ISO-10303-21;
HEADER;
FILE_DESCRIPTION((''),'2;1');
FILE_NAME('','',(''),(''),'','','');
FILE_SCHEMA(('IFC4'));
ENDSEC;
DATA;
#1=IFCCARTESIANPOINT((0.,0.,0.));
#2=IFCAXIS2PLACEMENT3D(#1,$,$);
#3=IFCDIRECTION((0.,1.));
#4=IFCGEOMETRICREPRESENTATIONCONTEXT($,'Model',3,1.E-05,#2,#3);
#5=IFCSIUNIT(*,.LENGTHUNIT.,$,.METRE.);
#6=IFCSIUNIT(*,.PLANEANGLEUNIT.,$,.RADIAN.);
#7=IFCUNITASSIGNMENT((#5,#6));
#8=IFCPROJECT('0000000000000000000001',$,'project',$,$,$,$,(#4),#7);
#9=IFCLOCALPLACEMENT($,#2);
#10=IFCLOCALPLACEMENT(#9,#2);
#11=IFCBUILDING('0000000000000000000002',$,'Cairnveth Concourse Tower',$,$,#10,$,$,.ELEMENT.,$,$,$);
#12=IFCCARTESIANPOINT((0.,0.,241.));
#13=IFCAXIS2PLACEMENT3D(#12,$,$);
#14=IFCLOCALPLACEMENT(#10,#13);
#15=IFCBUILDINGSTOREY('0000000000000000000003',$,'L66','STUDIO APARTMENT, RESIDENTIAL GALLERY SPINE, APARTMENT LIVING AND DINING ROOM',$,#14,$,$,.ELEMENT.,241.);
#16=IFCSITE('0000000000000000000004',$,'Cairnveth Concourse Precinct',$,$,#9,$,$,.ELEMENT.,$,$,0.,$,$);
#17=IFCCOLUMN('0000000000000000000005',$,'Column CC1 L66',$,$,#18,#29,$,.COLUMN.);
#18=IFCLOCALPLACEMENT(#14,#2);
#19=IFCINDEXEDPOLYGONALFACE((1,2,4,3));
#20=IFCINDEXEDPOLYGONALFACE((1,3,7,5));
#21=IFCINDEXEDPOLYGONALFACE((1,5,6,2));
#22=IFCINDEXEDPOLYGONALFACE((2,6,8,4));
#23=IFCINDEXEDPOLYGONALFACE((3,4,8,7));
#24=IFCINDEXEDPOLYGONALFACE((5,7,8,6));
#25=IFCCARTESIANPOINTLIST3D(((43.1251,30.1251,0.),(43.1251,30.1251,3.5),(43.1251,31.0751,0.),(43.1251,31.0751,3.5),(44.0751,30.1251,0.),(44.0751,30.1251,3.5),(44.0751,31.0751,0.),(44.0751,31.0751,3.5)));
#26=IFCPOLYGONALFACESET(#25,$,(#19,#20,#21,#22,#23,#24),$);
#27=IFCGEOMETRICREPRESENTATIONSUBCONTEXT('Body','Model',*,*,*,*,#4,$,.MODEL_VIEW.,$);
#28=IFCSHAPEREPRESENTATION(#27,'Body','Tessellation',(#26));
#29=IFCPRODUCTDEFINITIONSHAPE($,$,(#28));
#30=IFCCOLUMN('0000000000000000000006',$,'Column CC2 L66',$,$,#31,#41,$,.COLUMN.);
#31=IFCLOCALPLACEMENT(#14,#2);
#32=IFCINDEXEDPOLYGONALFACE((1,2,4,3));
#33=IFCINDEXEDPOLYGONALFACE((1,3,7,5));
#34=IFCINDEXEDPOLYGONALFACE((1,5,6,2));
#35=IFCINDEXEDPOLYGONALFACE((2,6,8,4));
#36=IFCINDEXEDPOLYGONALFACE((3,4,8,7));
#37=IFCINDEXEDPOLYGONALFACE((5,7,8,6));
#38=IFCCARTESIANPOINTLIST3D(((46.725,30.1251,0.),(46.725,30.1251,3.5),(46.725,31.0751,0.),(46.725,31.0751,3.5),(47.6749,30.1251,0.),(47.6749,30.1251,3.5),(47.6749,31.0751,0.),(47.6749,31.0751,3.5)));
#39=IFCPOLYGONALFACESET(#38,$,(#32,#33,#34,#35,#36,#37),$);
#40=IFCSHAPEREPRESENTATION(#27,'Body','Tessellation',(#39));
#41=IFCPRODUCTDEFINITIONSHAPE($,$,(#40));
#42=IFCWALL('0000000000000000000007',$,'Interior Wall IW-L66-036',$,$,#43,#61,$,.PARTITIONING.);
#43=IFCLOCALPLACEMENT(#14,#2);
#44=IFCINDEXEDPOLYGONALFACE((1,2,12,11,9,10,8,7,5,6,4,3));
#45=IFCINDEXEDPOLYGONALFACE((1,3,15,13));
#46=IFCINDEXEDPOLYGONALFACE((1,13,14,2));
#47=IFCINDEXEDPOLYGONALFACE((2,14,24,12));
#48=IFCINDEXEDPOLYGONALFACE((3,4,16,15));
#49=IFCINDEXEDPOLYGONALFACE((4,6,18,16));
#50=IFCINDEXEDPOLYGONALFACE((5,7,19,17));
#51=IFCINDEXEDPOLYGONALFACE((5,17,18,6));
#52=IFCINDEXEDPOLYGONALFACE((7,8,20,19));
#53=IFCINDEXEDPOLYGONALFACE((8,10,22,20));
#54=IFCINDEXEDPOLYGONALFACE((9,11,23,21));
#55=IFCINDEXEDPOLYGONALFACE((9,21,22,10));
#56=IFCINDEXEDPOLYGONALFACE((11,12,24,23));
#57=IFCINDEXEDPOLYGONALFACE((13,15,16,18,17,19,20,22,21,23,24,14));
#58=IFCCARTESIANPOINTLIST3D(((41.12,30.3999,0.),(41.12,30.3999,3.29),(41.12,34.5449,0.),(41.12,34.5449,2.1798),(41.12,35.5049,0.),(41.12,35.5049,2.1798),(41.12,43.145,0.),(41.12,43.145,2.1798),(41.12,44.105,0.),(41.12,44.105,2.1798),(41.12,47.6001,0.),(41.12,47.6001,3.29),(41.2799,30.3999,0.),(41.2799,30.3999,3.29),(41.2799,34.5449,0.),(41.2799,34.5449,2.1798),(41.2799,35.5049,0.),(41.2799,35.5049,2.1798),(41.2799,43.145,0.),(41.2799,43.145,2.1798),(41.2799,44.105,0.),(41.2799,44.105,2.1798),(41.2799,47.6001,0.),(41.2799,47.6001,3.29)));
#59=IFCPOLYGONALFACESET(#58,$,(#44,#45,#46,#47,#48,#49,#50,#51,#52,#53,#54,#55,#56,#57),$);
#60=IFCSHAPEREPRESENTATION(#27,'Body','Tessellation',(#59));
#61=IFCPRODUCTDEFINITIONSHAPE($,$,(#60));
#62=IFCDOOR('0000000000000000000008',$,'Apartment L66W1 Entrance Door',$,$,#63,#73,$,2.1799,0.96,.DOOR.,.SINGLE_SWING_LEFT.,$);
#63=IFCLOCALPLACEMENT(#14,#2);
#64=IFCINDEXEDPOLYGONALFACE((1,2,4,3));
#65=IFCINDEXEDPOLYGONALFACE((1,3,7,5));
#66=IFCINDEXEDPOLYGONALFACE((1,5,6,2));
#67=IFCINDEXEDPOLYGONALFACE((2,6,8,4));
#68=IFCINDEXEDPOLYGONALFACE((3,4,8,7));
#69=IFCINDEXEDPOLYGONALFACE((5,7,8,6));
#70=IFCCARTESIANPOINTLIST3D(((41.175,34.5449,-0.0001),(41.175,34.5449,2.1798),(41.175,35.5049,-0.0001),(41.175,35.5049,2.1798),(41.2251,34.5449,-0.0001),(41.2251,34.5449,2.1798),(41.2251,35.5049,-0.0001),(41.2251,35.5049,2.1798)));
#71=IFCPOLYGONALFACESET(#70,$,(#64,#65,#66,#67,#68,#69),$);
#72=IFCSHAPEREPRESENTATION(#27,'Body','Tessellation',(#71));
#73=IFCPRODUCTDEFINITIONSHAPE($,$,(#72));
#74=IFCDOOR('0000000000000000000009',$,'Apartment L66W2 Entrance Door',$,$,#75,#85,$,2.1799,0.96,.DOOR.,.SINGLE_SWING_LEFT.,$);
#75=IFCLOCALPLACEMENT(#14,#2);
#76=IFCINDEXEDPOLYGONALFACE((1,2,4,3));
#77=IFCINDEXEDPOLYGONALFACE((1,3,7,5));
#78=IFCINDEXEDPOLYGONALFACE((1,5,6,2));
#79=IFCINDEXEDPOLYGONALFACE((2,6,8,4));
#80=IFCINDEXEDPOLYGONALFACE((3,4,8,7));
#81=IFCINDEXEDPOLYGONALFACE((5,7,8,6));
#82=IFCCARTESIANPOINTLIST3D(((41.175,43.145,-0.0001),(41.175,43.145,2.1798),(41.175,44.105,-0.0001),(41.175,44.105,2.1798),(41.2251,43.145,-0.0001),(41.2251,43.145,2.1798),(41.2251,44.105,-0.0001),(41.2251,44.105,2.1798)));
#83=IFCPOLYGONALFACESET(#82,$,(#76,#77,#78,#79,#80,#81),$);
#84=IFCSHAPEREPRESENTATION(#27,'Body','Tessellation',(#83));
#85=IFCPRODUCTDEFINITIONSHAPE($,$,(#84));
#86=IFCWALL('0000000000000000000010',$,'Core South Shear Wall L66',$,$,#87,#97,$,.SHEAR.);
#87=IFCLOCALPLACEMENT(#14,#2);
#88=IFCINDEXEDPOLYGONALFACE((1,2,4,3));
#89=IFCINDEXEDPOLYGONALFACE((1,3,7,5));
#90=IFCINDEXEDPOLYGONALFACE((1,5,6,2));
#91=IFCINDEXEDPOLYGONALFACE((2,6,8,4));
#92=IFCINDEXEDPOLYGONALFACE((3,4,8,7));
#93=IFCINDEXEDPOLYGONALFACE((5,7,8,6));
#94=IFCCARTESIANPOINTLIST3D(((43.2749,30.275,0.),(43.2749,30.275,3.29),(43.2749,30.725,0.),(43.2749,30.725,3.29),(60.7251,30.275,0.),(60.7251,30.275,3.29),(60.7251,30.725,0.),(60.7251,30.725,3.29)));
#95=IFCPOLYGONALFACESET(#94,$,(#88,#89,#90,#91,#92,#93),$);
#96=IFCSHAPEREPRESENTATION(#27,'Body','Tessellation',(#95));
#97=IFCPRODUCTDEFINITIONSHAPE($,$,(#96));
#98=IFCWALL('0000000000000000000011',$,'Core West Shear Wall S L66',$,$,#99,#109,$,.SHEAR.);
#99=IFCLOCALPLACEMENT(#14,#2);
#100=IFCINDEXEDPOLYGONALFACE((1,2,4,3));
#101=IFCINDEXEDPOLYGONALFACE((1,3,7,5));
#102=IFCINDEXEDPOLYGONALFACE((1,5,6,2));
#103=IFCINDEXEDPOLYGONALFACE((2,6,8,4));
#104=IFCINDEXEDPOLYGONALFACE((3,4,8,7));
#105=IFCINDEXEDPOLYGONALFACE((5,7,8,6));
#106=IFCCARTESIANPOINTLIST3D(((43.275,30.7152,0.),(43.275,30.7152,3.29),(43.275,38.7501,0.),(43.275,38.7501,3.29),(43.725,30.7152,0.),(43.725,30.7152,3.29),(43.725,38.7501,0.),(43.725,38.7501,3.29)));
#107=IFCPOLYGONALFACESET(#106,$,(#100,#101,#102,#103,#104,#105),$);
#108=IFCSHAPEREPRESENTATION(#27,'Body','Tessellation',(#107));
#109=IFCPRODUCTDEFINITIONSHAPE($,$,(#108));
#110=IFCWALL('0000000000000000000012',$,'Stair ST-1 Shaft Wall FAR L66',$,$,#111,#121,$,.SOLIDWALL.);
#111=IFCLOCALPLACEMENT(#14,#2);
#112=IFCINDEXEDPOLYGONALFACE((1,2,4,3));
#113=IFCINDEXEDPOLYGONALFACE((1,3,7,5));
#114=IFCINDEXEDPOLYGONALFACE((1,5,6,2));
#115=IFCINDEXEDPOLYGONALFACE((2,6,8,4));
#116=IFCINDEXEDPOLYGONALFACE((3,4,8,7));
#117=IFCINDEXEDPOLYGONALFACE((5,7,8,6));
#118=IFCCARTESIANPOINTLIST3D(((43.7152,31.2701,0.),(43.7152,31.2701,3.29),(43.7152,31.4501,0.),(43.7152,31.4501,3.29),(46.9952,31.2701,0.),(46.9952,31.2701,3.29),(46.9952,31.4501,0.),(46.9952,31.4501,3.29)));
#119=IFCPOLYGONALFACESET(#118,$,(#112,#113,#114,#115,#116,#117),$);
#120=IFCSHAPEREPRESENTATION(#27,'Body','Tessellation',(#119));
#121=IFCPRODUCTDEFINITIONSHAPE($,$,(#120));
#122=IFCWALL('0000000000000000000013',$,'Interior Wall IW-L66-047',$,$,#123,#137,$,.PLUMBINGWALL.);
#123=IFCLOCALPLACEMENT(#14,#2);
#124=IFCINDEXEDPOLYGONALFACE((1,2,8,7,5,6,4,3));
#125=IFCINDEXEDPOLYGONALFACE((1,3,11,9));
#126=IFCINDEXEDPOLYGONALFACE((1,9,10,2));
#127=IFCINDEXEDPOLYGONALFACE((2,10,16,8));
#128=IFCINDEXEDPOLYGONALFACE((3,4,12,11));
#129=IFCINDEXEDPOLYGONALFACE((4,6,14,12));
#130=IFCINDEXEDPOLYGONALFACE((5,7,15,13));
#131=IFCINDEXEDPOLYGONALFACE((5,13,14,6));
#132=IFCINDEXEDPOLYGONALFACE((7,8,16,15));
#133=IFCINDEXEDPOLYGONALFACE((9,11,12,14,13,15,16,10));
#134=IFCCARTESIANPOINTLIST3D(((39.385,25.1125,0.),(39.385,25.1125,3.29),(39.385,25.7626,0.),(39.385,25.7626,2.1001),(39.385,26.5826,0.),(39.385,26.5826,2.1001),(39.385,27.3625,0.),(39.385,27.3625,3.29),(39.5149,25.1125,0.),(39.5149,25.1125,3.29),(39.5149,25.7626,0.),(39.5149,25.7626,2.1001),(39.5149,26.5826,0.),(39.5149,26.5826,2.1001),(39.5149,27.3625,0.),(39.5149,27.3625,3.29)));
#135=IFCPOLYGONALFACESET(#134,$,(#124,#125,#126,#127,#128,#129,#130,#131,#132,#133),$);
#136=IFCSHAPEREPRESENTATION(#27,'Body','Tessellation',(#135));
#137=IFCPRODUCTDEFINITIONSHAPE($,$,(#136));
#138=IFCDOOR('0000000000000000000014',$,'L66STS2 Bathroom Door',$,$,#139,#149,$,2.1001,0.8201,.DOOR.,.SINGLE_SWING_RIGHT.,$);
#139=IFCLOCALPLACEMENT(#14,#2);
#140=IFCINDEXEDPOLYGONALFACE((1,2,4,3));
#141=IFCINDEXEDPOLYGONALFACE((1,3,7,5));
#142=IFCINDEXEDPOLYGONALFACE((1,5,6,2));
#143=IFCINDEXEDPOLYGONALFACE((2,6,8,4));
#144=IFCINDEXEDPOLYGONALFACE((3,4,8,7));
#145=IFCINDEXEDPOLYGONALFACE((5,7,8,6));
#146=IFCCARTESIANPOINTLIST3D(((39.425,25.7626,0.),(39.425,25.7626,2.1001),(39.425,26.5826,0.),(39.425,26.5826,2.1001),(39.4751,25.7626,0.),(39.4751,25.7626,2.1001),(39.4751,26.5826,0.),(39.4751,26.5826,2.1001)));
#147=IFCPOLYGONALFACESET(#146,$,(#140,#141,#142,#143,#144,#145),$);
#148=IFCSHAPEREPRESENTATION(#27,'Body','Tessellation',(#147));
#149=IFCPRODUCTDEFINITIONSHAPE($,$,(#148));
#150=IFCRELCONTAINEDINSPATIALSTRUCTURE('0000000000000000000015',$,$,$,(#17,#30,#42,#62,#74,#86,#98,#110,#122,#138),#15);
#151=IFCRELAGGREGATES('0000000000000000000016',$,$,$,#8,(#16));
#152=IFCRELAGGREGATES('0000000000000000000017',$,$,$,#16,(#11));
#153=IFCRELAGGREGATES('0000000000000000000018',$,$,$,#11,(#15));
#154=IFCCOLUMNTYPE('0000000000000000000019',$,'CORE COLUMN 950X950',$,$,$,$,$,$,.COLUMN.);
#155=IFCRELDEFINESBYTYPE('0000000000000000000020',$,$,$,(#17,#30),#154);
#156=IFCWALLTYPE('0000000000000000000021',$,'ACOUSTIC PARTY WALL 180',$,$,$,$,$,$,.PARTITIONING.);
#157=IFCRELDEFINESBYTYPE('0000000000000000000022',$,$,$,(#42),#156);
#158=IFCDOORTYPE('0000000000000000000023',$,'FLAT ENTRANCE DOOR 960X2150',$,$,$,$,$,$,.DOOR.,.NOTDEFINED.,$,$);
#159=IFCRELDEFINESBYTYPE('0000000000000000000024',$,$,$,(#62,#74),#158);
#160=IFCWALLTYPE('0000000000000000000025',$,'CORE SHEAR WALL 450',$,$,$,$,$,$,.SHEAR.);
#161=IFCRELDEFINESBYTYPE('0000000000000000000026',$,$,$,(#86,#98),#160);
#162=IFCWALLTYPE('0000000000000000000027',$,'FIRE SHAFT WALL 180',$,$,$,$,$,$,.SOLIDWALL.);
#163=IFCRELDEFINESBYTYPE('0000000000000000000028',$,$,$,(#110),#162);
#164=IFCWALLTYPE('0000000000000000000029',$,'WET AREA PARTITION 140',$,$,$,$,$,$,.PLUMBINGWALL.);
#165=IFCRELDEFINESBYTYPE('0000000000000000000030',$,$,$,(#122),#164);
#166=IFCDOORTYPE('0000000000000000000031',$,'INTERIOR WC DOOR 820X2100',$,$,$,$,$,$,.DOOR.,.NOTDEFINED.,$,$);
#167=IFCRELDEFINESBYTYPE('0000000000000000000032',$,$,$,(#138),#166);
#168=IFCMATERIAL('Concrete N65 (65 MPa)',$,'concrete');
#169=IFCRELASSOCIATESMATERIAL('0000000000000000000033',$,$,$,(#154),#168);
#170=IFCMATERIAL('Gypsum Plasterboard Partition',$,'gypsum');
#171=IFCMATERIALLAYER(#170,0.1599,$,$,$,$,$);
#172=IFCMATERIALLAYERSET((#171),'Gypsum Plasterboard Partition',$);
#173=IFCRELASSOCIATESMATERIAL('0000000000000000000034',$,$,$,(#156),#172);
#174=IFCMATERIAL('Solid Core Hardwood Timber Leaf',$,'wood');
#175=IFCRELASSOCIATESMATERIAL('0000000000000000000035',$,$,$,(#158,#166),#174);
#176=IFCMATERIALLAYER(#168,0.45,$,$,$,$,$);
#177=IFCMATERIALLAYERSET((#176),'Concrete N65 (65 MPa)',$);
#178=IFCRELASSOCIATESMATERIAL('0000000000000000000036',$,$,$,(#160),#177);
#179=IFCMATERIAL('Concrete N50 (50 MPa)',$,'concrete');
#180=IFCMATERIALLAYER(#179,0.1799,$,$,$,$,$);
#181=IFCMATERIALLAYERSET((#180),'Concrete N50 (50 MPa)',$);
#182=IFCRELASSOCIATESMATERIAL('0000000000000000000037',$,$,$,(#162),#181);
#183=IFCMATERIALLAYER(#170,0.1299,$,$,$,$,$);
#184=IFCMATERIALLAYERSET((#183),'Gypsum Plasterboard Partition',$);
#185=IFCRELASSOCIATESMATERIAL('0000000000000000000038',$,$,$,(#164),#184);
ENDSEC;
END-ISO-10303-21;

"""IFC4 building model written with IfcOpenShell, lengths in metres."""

from ifc_helpers import new_model, si_unit, direction, frame, frame_2d, origin, origin_2d, place, context, subcontext, project, spatial, rectangle, extrude, material, layer, layer_set, material_profile, profile_set, type_object, element, fill, save


model = new_model("IFC4")

# Units and contexts
model_context = context("Model", 3, precision=1e-05, world=origin(), true_north=direction((0.0, 1.0)))
body_context = subcontext(model_context, "Body", "Model", "MODEL_VIEW")
ifc_project = project(units=[si_unit("LENGTHUNIT", "METRE"), si_unit("PLANEANGLEUNIT", "RADIAN")], contexts=[model_context])

# Site, building, storey
site_placement = place(None, origin())
site = spatial("IfcSite", under=ifc_project, at=site_placement, Name="Cairnveth Concourse Precinct", CompositionType="ELEMENT", RefElevation=0.0)
building_placement = place(site_placement, origin())
building = spatial("IfcBuilding", under=site, at=building_placement, Name="Cairnveth Concourse Tower", CompositionType="ELEMENT")
storey_placement = place(building_placement, frame((0.0, 0.0, 241.0)))
storey = spatial("IfcBuildingStorey", under=building, at=storey_placement, Name="L66", Description="STUDIO APARTMENT, RESIDENTIAL GALLERY SPINE, APARTMENT LIVING AND DINING ROOM", CompositionType="ELEMENT", Elevation=241.0)

# Columns
ifc_material_1 = material(Name="Concrete N65 (65 MPa)", Category="concrete")
ifc_material_profile = material_profile(ifc_material_1, rectangle(XDim=0.95, YDim=0.95, at=origin_2d()), Name="RC-COL-950x950")
ifc_profile_set = profile_set([ifc_material_profile], Name="Concrete N65 (65 MPa)")
column_type = type_object("IfcColumnType", Name="CORE COLUMN 950X950", PredefinedType="COLUMN", material=ifc_profile_set)
for number, where, z_axis, x_axis, name in (
    (1, (43.6001, 30.6001, 0.0), (0.0, 0.0, 1.0), (1.0, 0.0, 0.0), "Column CC1 L66"),
    (2, (47.2, 30.6001, 0.0), (0.0, 0.0, 1.0), (1.0, 0.0, 0.0), "Column CC2 L66"),
):
    element("IfcColumn", number, at=place(storey_placement, frame(where, z_axis=z_axis, x_axis=x_axis)), inside=storey, type_object=column_type, Name=name, PredefinedType="COLUMN", context=body_context, shape_type="SweptSolid", body=[
        extrude(rectangle(XDim=0.95, YDim=0.95, at=origin_2d()), origin(), (0.0, 0.0, 1.0), 3.5),
    ])

# Wall, openings, doors
ifc_material_2 = material(Name="Gypsum Plasterboard Partition", Category="gypsum")
ifc_layer_1 = layer(ifc_material_2, 0.1599)
ifc_layer_set_1 = layer_set([ifc_layer_1], Name="Gypsum Plasterboard Partition")
wall_type_1 = type_object("IfcWallType", Name="ACOUSTIC PARTY WALL 180", PredefinedType="PARTITIONING", material=ifc_layer_set_1)
wall_1_placement = place(storey_placement, frame((41.2, 30.3999, 0.0), z_axis=(0.0, 0.0, 1.0), x_axis=(0.0, 1.0, 0.0)))
wall_1 = element("IfcWall", 3, at=wall_1_placement, inside=storey, type_object=wall_type_1, Name="Interior Wall IW-L66-036", PredefinedType="PARTITIONING", context=body_context, shape_type="SweptSolid", body=[
    extrude(rectangle(XDim=17.2002, YDim=0.1599, at=frame_2d((8.6001, 0.0))), origin(), (0.0, 0.0, 1.0), 3.29),
])
opening_1_placement = place(wall_1_placement, frame((4.145, 0.0, 0.0)))
opening_1 = element("IfcOpeningElement", 4, at=opening_1_placement, cuts=wall_1, PredefinedType="OPENING", context=body_context, shape_type="SweptSolid", body=[
    extrude(rectangle(XDim=0.96, YDim=2.1799, at=frame_2d((0.48, 1.0898))), frame((0.0, 0.0898, 0.0), z_axis=(0.0, -1.0, 0.0), x_axis=(1.0, 0.0, 0.0)), (0.0, 0.0, 1.0), 0.1799),
])
opening_2_placement = place(wall_1_placement, frame((12.7451, 0.0, 0.0)))
opening_2 = element("IfcOpeningElement", 5, at=opening_2_placement, cuts=wall_1, PredefinedType="OPENING", context=body_context, shape_type="SweptSolid", body=[
    extrude(rectangle(XDim=0.96, YDim=2.1799, at=frame_2d((0.48, 1.0898))), frame((0.0, 0.0898, 0.0), z_axis=(0.0, -1.0, 0.0), x_axis=(1.0, 0.0, 0.0)), (0.0, 0.0, 1.0), 0.1799),
])
ifc_material_3 = material(Name="Solid Core Hardwood Timber Leaf", Category="wood")
door_type_1 = type_object("IfcDoorType", Name="FLAT ENTRANCE DOOR 960X2150", OperationType="NOTDEFINED", PredefinedType="DOOR", material=ifc_material_3)
door_1_placement = place(opening_1_placement, origin())
door_1 = element("IfcDoor", 6, at=door_1_placement, inside=storey, type_object=door_type_1, Name="Apartment L66W1 Entrance Door", OperationType="SINGLE_SWING_LEFT", OverallHeight=2.1799, OverallWidth=0.96, PredefinedType="DOOR", context=body_context, shape_type="SweptSolid", body=[
    extrude(rectangle(XDim=0.96, YDim=2.1799, at=frame_2d((0.48, 1.0898))), frame((0.0, 0.0249, 0.0), z_axis=(0.0, -1.0, 0.0), x_axis=(1.0, 0.0, 0.0)), (0.0, 0.0, 1.0), 0.05),
])
fill(opening_1, door_1)
door_2_placement = place(opening_2_placement, origin())
door_2 = element("IfcDoor", 7, at=door_2_placement, inside=storey, type_object=door_type_1, Name="Apartment L66W2 Entrance Door", OperationType="SINGLE_SWING_LEFT", OverallHeight=2.1799, OverallWidth=0.96, PredefinedType="DOOR", context=body_context, shape_type="SweptSolid", body=[
    extrude(rectangle(XDim=0.96, YDim=2.1799, at=frame_2d((0.48, 1.0898))), frame((0.0, 0.0249, 0.0), z_axis=(0.0, -1.0, 0.0), x_axis=(1.0, 0.0, 0.0)), (0.0, 0.0, 1.0), 0.05),
])
fill(opening_2, door_2)

# Walls
ifc_layer_2 = layer(ifc_material_1, 0.45)
ifc_layer_set_2 = layer_set([ifc_layer_2], Name="Concrete N65 (65 MPa)")
wall_type_2 = type_object("IfcWallType", Name="CORE SHEAR WALL 450", PredefinedType="SHEAR", material=ifc_layer_set_2)
wall_2_placement = place(storey_placement, frame((43.2749, 30.5, 0.0), z_axis=(0.0, 0.0, 1.0), x_axis=(1.0, 0.0, 0.0)))
element("IfcWall", 8, at=wall_2_placement, inside=storey, type_object=wall_type_2, Name="Core South Shear Wall L66", PredefinedType="SHEAR", context=body_context, shape_type="SweptSolid", body=[
    extrude(rectangle(XDim=17.4502, YDim=0.45, at=frame_2d((8.7251, 0.0))), origin(), (0.0, 0.0, 1.0), 3.29),
])
wall_3_placement = place(storey_placement, frame((43.5, 30.7151, 0.0), z_axis=(0.0, 0.0, 1.0), x_axis=(0.0, 1.0, 0.0)))
element("IfcWall", 9, at=wall_3_placement, inside=storey, type_object=wall_type_2, Name="Core West Shear Wall S L66", PredefinedType="SHEAR", context=body_context, shape_type="SweptSolid", body=[
    extrude(rectangle(XDim=8.0349, YDim=0.45, at=frame_2d((4.0176, 0.0))), origin(), (0.0, 0.0, 1.0), 3.29),
])
ifc_material_4 = material(Name="Concrete N50 (50 MPa)", Category="concrete")
ifc_layer_3 = layer(ifc_material_4, 0.1799)
ifc_layer_set_3 = layer_set([ifc_layer_3], Name="Concrete N50 (50 MPa)")
wall_type_3 = type_object("IfcWallType", Name="FIRE SHAFT WALL 180", PredefinedType="SOLIDWALL", material=ifc_layer_set_3)
wall_4_placement = place(storey_placement, frame((43.7151, 31.3601, 0.0), z_axis=(0.0, 0.0, 1.0), x_axis=(1.0, 0.0, 0.0)))
element("IfcWall", 10, at=wall_4_placement, inside=storey, type_object=wall_type_3, Name="Stair ST-1 Shaft Wall FAR L66", PredefinedType="SOLIDWALL", context=body_context, shape_type="SweptSolid", body=[
    extrude(rectangle(XDim=3.28, YDim=0.1799, at=frame_2d((1.6401, 0.0))), origin(), (0.0, 0.0, 1.0), 3.29),
])

# Wall, opening, door
ifc_layer_4 = layer(ifc_material_2, 0.1299)
ifc_layer_set_4 = layer_set([ifc_layer_4], Name="Gypsum Plasterboard Partition")
wall_type_4 = type_object("IfcWallType", Name="WET AREA PARTITION 140", PredefinedType="PLUMBINGWALL", material=ifc_layer_set_4)
wall_5_placement = place(storey_placement, frame((39.45, 25.1125, 0.0), z_axis=(0.0, 0.0, 1.0), x_axis=(0.0, 1.0, 0.0)))
wall_5 = element("IfcWall", 11, at=wall_5_placement, inside=storey, type_object=wall_type_4, Name="Interior Wall IW-L66-047", PredefinedType="PLUMBINGWALL", context=body_context, shape_type="SweptSolid", body=[
    extrude(rectangle(XDim=2.25, YDim=0.1299, at=frame_2d((1.125, 0.0))), origin(), (0.0, 0.0, 1.0), 3.29),
])
opening_3_placement = place(wall_5_placement, frame((0.6499, 0.0, 0.0)))
opening_3 = element("IfcOpeningElement", 12, at=opening_3_placement, cuts=wall_5, PredefinedType="OPENING", context=body_context, shape_type="SweptSolid", body=[
    extrude(rectangle(XDim=0.8201, YDim=2.1001, at=frame_2d((0.4102, 1.05))), frame((0.0, 0.075, 0.0), z_axis=(0.0, -1.0, 0.0), x_axis=(1.0, 0.0, 0.0)), (0.0, 0.0, 1.0), 0.1499),
])
door_type_2 = type_object("IfcDoorType", Name="INTERIOR WC DOOR 820X2100", OperationType="NOTDEFINED", PredefinedType="DOOR", material=ifc_material_3)
door_3_placement = place(opening_3_placement, origin())
door_3 = element("IfcDoor", 13, at=door_3_placement, inside=storey, type_object=door_type_2, Name="L66STS2 Bathroom Door", OperationType="SINGLE_SWING_RIGHT", OverallHeight=2.1001, OverallWidth=0.8201, PredefinedType="DOOR", context=body_context, shape_type="SweptSolid", body=[
    extrude(rectangle(XDim=0.8201, YDim=2.1001, at=frame_2d((0.4102, 1.05))), frame((0.0, 0.0249, 0.0), z_axis=(0.0, -1.0, 0.0), x_axis=(1.0, 0.0, 0.0)), (0.0, 0.0, 1.0), 0.05),
])
fill(opening_3, door_3)

save(model, "model.ifc")
